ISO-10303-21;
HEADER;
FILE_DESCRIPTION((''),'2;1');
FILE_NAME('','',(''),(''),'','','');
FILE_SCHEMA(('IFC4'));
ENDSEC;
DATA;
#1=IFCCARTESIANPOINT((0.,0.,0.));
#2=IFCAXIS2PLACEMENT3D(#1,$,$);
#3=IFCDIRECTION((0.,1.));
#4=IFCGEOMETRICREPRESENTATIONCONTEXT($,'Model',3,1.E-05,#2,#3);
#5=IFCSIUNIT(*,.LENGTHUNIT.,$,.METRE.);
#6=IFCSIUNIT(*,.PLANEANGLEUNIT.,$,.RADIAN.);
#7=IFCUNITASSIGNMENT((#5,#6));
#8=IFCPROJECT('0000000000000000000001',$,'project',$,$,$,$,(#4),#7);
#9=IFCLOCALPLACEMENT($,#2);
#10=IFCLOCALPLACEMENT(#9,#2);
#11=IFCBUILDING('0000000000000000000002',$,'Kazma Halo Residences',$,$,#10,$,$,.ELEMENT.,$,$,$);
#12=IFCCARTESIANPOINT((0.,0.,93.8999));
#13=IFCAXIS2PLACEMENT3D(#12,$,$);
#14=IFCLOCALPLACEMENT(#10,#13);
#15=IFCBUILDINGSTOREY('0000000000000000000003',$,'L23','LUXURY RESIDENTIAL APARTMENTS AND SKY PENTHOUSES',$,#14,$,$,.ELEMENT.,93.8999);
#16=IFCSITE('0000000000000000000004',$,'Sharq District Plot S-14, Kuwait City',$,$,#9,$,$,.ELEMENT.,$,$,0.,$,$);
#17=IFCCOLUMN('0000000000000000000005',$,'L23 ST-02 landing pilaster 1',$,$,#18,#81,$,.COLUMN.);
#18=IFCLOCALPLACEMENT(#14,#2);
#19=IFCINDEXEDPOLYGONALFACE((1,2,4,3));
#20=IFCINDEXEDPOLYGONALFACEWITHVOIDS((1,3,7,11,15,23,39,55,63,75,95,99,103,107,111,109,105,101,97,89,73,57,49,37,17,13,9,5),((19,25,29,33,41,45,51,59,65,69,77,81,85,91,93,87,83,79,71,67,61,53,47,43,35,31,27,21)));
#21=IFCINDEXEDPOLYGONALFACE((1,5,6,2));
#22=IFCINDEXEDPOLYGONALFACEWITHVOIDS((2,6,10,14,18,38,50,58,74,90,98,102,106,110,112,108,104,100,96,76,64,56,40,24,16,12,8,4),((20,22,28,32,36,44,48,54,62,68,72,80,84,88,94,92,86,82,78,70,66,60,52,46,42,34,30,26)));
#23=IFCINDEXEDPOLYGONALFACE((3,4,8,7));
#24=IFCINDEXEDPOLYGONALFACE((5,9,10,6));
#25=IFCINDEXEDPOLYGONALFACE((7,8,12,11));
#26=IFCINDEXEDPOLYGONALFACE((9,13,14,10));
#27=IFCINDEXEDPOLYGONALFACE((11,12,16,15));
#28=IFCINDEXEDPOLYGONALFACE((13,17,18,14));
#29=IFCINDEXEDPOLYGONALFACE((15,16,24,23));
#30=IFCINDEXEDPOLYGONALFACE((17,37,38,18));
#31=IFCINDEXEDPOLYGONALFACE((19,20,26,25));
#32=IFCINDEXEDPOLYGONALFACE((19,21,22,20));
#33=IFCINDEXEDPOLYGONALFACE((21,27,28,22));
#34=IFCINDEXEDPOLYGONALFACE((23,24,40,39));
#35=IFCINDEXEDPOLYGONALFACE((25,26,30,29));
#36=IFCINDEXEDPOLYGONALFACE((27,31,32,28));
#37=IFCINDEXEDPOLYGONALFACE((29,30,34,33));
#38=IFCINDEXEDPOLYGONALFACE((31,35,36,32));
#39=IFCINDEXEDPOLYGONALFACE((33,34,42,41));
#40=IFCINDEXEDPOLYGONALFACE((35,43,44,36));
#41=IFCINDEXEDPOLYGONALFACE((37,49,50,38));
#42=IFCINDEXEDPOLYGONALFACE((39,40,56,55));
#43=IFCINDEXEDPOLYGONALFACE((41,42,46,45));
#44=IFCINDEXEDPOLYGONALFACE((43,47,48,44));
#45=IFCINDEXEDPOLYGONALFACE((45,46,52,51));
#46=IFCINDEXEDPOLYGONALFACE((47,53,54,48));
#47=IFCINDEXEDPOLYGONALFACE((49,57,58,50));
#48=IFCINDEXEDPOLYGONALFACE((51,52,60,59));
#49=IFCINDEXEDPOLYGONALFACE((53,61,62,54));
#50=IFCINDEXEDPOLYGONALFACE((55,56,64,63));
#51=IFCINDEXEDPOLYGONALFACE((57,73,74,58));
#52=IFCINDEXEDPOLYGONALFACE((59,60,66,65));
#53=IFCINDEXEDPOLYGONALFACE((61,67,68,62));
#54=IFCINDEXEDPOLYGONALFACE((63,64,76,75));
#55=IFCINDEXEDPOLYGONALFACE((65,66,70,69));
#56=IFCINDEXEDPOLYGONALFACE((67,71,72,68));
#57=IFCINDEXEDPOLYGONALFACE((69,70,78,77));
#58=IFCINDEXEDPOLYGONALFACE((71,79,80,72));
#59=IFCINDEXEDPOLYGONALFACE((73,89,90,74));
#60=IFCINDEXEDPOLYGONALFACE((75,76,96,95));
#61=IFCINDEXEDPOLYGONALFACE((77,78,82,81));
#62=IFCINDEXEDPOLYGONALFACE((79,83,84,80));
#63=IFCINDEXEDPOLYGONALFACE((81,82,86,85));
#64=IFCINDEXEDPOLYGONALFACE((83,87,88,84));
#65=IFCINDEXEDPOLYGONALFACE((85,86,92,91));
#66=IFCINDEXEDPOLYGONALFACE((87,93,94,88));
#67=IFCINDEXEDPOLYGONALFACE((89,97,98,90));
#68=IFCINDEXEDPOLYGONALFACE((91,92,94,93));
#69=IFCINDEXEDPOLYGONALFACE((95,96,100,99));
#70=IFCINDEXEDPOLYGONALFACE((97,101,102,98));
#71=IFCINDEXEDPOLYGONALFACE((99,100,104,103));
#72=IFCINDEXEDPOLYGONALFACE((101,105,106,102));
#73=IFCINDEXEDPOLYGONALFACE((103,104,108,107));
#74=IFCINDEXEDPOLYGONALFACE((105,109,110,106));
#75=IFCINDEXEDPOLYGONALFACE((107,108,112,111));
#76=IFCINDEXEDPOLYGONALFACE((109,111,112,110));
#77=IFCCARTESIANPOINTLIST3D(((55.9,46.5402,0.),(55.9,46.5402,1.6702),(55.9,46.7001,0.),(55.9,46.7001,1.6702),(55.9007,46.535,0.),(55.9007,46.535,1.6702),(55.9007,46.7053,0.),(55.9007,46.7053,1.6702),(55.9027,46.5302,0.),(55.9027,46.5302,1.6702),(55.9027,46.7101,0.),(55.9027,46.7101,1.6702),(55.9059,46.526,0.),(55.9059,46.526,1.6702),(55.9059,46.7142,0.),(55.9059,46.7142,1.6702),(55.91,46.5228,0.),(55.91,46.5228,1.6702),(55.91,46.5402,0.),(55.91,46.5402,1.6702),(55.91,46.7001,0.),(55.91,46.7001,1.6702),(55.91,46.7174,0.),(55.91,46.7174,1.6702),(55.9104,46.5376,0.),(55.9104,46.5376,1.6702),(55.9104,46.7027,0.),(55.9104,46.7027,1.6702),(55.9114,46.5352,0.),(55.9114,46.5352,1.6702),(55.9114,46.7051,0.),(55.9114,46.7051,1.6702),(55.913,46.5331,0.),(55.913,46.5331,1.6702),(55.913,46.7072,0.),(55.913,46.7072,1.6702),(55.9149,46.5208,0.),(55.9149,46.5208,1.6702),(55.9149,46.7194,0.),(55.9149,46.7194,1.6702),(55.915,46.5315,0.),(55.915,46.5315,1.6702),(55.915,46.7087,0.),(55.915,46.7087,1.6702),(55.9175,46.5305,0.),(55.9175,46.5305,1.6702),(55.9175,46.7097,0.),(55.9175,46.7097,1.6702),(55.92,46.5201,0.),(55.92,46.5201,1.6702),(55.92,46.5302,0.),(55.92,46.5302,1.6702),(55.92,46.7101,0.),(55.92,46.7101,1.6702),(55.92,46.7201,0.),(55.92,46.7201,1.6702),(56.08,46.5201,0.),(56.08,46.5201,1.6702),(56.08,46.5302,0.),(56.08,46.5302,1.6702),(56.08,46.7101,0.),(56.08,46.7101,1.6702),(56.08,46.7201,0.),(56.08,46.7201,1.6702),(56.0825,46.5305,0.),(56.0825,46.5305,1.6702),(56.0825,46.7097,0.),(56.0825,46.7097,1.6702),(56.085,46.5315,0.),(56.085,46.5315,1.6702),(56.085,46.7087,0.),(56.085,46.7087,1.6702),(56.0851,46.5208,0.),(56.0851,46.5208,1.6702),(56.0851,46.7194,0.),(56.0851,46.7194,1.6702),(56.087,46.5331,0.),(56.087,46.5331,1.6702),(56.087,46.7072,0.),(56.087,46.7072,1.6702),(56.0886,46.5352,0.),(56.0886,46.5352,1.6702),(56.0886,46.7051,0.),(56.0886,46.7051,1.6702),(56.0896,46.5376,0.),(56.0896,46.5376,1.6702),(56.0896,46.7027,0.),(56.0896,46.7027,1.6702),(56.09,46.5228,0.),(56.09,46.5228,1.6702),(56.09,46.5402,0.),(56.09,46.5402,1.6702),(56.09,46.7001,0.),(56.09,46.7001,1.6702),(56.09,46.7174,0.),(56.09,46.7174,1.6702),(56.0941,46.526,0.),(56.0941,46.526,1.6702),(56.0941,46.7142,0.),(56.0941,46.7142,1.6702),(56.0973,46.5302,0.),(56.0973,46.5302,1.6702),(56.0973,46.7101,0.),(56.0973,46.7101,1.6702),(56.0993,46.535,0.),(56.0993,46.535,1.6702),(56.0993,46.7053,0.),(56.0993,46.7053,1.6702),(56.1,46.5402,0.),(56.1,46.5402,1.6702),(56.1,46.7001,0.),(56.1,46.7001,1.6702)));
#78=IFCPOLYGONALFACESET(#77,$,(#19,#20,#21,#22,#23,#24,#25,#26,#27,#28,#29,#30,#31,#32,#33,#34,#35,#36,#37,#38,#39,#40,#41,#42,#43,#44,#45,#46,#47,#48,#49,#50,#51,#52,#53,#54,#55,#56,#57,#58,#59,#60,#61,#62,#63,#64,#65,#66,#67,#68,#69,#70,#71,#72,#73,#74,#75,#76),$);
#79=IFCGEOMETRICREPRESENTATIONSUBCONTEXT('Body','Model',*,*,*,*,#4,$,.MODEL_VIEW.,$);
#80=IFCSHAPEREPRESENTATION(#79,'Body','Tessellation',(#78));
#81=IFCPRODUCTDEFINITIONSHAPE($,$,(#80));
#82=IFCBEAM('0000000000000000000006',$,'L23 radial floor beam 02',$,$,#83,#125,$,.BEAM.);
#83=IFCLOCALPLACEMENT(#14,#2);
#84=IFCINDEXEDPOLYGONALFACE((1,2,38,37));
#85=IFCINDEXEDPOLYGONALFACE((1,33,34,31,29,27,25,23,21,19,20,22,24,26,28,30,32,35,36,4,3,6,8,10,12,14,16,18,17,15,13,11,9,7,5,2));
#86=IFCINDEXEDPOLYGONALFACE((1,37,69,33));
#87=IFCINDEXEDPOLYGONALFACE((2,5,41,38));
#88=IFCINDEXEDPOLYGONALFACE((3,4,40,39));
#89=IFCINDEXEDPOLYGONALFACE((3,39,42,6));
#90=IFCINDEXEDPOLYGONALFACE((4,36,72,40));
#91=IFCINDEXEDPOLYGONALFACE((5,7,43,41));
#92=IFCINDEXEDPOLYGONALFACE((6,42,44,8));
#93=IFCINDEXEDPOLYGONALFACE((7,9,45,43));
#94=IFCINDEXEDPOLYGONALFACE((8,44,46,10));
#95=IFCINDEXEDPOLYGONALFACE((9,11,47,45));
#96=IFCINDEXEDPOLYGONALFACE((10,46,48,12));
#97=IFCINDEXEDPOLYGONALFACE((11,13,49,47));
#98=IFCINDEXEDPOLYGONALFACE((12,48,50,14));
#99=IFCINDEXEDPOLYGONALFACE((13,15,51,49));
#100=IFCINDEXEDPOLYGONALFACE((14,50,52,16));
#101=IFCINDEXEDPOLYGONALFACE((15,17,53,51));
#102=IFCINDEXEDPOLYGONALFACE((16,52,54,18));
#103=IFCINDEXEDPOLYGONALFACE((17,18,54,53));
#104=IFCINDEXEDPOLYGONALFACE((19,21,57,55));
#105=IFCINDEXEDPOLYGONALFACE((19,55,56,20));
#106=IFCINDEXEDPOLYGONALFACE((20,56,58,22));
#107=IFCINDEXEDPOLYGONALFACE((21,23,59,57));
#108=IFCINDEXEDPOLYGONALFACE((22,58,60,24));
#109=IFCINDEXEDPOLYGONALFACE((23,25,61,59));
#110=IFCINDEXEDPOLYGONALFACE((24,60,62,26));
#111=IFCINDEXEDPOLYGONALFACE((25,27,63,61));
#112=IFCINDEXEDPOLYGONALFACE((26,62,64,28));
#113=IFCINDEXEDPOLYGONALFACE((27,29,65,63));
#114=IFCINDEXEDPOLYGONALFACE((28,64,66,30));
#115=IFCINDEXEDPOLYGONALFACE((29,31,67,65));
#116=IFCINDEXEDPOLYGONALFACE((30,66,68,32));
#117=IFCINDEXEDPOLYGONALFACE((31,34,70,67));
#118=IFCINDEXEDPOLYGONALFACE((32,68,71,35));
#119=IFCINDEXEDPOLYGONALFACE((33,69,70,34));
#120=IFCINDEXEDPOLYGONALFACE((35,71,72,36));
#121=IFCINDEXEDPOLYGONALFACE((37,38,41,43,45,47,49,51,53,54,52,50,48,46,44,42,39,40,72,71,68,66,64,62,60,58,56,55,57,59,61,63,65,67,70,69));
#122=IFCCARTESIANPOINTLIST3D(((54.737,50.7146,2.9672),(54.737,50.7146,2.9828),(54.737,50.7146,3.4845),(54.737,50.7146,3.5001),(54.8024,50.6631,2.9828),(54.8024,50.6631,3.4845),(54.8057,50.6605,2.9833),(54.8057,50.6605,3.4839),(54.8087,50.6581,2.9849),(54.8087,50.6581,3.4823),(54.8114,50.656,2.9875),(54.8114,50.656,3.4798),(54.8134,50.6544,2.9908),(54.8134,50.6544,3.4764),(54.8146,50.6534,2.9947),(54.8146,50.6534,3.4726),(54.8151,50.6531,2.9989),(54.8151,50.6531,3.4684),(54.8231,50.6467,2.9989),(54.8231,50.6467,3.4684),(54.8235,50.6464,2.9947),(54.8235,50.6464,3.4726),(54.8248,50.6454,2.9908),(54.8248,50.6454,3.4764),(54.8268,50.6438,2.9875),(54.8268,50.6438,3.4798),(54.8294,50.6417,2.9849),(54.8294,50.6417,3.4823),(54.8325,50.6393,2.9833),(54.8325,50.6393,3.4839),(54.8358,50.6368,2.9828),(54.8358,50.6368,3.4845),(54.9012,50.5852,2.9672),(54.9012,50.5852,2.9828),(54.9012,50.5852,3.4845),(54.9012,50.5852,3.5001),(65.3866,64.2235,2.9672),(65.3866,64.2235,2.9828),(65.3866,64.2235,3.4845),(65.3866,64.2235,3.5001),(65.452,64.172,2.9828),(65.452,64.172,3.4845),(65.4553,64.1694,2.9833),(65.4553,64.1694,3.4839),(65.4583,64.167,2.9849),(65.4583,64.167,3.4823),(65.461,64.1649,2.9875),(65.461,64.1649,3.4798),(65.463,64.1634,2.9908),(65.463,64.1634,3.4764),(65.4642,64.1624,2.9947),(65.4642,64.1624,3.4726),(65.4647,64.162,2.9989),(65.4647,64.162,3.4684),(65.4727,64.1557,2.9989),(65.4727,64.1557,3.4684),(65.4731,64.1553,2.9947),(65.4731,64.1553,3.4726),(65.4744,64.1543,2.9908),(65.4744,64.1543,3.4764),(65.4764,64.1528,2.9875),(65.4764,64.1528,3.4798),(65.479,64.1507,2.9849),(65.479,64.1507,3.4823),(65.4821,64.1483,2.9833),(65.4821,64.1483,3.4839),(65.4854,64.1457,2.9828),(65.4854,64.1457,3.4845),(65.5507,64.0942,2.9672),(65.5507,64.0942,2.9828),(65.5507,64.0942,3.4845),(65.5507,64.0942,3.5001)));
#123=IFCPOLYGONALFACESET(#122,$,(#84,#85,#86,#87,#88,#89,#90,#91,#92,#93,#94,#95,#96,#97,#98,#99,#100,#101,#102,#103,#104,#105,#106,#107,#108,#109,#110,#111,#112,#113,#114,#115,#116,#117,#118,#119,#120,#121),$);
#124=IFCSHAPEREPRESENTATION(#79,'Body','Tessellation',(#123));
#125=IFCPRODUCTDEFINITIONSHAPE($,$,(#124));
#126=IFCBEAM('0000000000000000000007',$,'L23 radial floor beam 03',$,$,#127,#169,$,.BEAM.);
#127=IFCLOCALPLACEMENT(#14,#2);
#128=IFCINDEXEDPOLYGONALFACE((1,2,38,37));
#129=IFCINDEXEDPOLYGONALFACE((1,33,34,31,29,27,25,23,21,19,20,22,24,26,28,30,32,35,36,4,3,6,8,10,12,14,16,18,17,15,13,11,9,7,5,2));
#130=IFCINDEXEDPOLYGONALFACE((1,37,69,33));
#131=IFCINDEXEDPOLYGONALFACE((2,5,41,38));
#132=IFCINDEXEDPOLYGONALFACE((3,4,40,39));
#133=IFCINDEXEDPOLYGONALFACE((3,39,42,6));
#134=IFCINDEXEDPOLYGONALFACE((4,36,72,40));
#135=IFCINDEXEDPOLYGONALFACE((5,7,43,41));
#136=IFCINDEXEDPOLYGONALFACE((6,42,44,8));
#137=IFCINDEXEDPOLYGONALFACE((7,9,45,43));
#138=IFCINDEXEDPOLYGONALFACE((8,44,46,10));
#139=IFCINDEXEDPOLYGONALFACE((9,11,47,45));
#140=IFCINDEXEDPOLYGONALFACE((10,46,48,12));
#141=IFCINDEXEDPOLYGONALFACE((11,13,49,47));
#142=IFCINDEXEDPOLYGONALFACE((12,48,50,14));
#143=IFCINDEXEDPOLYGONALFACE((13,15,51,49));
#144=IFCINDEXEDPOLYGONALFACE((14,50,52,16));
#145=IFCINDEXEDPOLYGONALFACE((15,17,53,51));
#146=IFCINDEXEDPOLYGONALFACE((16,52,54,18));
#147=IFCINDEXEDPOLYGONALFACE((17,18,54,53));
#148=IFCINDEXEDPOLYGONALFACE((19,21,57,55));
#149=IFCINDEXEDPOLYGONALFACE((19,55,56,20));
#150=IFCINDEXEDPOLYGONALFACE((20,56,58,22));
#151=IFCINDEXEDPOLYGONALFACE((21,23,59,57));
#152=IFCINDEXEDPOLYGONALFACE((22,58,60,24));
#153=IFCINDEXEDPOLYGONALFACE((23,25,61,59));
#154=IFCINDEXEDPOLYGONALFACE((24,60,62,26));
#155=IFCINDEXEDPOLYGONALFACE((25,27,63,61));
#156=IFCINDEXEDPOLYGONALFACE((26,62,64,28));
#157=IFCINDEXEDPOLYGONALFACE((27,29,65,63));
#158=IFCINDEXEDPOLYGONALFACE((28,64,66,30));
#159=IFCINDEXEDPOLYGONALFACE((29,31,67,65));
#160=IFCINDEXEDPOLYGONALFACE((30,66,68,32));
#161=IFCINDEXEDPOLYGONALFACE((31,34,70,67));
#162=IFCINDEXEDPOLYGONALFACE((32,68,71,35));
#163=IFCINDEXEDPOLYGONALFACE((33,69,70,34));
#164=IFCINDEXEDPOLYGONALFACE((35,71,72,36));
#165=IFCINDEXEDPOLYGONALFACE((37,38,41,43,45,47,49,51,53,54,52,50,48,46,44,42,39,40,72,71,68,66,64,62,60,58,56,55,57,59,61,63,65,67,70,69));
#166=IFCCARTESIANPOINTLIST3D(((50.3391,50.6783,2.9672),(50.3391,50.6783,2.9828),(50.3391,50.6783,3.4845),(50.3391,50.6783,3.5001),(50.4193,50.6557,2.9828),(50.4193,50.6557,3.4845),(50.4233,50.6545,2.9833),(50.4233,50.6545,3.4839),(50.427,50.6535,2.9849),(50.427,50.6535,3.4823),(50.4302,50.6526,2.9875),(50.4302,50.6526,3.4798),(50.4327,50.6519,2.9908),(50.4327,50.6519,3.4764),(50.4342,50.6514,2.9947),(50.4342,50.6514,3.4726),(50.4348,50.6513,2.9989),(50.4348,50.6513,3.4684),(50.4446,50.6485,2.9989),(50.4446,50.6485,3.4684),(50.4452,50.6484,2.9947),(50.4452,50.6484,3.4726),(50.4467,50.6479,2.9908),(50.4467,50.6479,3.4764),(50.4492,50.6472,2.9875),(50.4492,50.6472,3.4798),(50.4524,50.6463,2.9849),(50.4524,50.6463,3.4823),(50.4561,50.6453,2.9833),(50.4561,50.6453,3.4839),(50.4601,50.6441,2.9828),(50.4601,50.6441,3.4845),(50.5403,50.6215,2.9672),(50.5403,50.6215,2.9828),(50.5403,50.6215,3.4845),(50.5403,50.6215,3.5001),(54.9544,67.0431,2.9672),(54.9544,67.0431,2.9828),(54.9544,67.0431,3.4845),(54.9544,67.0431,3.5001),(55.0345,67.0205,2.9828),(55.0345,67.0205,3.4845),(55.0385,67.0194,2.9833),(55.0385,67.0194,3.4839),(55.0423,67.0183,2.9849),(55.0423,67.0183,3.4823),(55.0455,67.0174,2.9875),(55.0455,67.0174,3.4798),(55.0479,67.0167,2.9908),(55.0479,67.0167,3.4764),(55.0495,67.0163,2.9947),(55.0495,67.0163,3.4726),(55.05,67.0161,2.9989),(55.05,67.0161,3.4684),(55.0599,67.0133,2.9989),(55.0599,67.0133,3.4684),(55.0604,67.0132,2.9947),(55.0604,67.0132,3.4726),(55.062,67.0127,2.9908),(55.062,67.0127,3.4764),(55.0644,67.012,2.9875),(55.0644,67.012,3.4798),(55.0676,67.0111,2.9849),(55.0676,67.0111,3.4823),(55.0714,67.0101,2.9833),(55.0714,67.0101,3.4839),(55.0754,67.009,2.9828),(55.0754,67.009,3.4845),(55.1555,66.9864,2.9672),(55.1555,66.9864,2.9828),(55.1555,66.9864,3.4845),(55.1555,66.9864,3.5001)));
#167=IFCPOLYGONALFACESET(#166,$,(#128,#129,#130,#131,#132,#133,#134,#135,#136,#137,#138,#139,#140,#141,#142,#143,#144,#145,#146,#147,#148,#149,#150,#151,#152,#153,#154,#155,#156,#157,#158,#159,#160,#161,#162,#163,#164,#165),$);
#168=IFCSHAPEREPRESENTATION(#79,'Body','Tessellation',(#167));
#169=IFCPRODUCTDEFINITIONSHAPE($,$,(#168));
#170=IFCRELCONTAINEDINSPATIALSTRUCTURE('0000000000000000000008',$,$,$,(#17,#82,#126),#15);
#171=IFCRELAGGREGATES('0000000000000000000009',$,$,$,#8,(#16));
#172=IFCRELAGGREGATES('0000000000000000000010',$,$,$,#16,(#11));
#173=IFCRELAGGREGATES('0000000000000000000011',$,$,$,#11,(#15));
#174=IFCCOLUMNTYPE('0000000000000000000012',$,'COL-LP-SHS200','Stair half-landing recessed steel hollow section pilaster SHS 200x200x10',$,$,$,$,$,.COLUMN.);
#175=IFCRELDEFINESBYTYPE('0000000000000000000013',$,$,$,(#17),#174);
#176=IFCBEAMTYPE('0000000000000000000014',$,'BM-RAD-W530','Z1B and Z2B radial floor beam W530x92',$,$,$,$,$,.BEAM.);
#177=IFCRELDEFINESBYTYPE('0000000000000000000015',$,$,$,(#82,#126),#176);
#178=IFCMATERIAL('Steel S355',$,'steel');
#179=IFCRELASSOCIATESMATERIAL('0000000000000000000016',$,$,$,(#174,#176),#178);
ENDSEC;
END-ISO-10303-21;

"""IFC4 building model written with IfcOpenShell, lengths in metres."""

from ifc_helpers import new_model, si_unit, direction, frame, origin, origin_2d, place, context, subcontext, project, spatial, hollow_rectangle, i_section, extrude, material, material_profile, profile_set, type_object, element, save


model = new_model("IFC4")

# Units and contexts
model_context = context("Model", 3, precision=1e-05, world=origin(), true_north=direction((0.0, 1.0)))
body_context = subcontext(model_context, "Body", "Model", "MODEL_VIEW")
ifc_project = project(units=[si_unit("LENGTHUNIT", "METRE"), si_unit("PLANEANGLEUNIT", "RADIAN")], contexts=[model_context])

# Site, building, storey
site_placement = place(None, origin())
site = spatial("IfcSite", under=ifc_project, at=site_placement, Name="Sharq District Plot S-14, Kuwait City", CompositionType="ELEMENT", RefElevation=0.0)
building_placement = place(site_placement, origin())
building = spatial("IfcBuilding", under=site, at=building_placement, Name="Kazma Halo Residences", CompositionType="ELEMENT")
storey_placement = place(building_placement, frame((0.0, 0.0, 93.8999)))
storey = spatial("IfcBuildingStorey", under=building, at=storey_placement, Name="L23", Description="LUXURY RESIDENTIAL APARTMENTS AND SKY PENTHOUSES", CompositionType="ELEMENT", Elevation=93.8999)

# Column
ifc_material_1 = material(Name="Steel S355", Category="steel")
ifc_material_profile_1 = material_profile(ifc_material_1, hollow_rectangle(XDim=0.2, YDim=0.2, WallThickness=0.01, InnerFilletRadius=0.01, OuterFilletRadius=0.02, at=origin_2d()), Name="SHS200x200x10")
ifc_profile_set_1 = profile_set([ifc_material_profile_1], Name="Steel S355")
column_type = type_object("IfcColumnType", Name="COL-LP-SHS200", Description="Stair half-landing recessed steel hollow section pilaster SHS 200x200x10", PredefinedType="COLUMN", material=ifc_profile_set_1)
column_placement = place(storey_placement, frame((56.0, 46.6201, 0.0), z_axis=(0.0, 0.0, 1.0), x_axis=(1.0, 0.0, 0.0)))
element("IfcColumn", 1, at=column_placement, inside=storey, type_object=column_type, Name="L23 ST-02 landing pilaster 1", PredefinedType="COLUMN", context=body_context, shape_type="SweptSolid", body=[
    extrude(hollow_rectangle(XDim=0.2, YDim=0.2, WallThickness=0.01, InnerFilletRadius=0.01, OuterFilletRadius=0.02, at=origin_2d()), origin(), (0.0, 0.0, 1.0), 1.6702),
])

# Beams
ifc_material_profile_2 = material_profile(ifc_material_1, i_section(OverallWidth=0.209, OverallDepth=0.533, WebThickness=0.0103, FlangeThickness=0.0156, FilletRadius=0.0161, at=origin_2d()), Name="W530x92")
ifc_profile_set_2 = profile_set([ifc_material_profile_2], Name="Steel S355")
beam_type_1 = type_object("IfcBeamType", Name="BM-RAD-W530", Description="Z1B and Z2B radial floor beam W530x92", PredefinedType="BEAM", material=ifc_profile_set_2)
beam_1_placement = place(storey_placement, frame((54.8191, 50.6499, 3.2336), z_axis=(0.619094, 0.785317, 0.0), x_axis=(-0.785317, 0.619094, 0.0)))
element("IfcBeam", 2, at=beam_1_placement, inside=storey, type_object=beam_type_1, Name="L23 radial floor beam 02", PredefinedType="BEAM", context=body_context, shape_type="SweptSolid", body=[
    extrude(i_section(OverallWidth=0.209, OverallDepth=0.533, WebThickness=0.0103, FlangeThickness=0.0156, FilletRadius=0.0161, at=origin_2d()), origin(), (0.0, 0.0, 1.0), 17.2019),
])
beam_2_placement = place(storey_placement, frame((50.4397, 50.6499, 3.2336), z_axis=(0.271435, 0.962457, 0.0), x_axis=(-0.962457, 0.271435, 0.0)))
element("IfcBeam", 3, at=beam_2_placement, inside=storey, type_object=beam_type_1, Name="L23 radial floor beam 03", PredefinedType="BEAM", context=body_context, shape_type="SweptSolid", body=[
    extrude(i_section(OverallWidth=0.209, OverallDepth=0.533, WebThickness=0.0103, FlangeThickness=0.0156, FilletRadius=0.0161, at=origin_2d()), origin(), (0.0, 0.0, 1.0), 17.0032),
])

save(model, "model.ifc")
